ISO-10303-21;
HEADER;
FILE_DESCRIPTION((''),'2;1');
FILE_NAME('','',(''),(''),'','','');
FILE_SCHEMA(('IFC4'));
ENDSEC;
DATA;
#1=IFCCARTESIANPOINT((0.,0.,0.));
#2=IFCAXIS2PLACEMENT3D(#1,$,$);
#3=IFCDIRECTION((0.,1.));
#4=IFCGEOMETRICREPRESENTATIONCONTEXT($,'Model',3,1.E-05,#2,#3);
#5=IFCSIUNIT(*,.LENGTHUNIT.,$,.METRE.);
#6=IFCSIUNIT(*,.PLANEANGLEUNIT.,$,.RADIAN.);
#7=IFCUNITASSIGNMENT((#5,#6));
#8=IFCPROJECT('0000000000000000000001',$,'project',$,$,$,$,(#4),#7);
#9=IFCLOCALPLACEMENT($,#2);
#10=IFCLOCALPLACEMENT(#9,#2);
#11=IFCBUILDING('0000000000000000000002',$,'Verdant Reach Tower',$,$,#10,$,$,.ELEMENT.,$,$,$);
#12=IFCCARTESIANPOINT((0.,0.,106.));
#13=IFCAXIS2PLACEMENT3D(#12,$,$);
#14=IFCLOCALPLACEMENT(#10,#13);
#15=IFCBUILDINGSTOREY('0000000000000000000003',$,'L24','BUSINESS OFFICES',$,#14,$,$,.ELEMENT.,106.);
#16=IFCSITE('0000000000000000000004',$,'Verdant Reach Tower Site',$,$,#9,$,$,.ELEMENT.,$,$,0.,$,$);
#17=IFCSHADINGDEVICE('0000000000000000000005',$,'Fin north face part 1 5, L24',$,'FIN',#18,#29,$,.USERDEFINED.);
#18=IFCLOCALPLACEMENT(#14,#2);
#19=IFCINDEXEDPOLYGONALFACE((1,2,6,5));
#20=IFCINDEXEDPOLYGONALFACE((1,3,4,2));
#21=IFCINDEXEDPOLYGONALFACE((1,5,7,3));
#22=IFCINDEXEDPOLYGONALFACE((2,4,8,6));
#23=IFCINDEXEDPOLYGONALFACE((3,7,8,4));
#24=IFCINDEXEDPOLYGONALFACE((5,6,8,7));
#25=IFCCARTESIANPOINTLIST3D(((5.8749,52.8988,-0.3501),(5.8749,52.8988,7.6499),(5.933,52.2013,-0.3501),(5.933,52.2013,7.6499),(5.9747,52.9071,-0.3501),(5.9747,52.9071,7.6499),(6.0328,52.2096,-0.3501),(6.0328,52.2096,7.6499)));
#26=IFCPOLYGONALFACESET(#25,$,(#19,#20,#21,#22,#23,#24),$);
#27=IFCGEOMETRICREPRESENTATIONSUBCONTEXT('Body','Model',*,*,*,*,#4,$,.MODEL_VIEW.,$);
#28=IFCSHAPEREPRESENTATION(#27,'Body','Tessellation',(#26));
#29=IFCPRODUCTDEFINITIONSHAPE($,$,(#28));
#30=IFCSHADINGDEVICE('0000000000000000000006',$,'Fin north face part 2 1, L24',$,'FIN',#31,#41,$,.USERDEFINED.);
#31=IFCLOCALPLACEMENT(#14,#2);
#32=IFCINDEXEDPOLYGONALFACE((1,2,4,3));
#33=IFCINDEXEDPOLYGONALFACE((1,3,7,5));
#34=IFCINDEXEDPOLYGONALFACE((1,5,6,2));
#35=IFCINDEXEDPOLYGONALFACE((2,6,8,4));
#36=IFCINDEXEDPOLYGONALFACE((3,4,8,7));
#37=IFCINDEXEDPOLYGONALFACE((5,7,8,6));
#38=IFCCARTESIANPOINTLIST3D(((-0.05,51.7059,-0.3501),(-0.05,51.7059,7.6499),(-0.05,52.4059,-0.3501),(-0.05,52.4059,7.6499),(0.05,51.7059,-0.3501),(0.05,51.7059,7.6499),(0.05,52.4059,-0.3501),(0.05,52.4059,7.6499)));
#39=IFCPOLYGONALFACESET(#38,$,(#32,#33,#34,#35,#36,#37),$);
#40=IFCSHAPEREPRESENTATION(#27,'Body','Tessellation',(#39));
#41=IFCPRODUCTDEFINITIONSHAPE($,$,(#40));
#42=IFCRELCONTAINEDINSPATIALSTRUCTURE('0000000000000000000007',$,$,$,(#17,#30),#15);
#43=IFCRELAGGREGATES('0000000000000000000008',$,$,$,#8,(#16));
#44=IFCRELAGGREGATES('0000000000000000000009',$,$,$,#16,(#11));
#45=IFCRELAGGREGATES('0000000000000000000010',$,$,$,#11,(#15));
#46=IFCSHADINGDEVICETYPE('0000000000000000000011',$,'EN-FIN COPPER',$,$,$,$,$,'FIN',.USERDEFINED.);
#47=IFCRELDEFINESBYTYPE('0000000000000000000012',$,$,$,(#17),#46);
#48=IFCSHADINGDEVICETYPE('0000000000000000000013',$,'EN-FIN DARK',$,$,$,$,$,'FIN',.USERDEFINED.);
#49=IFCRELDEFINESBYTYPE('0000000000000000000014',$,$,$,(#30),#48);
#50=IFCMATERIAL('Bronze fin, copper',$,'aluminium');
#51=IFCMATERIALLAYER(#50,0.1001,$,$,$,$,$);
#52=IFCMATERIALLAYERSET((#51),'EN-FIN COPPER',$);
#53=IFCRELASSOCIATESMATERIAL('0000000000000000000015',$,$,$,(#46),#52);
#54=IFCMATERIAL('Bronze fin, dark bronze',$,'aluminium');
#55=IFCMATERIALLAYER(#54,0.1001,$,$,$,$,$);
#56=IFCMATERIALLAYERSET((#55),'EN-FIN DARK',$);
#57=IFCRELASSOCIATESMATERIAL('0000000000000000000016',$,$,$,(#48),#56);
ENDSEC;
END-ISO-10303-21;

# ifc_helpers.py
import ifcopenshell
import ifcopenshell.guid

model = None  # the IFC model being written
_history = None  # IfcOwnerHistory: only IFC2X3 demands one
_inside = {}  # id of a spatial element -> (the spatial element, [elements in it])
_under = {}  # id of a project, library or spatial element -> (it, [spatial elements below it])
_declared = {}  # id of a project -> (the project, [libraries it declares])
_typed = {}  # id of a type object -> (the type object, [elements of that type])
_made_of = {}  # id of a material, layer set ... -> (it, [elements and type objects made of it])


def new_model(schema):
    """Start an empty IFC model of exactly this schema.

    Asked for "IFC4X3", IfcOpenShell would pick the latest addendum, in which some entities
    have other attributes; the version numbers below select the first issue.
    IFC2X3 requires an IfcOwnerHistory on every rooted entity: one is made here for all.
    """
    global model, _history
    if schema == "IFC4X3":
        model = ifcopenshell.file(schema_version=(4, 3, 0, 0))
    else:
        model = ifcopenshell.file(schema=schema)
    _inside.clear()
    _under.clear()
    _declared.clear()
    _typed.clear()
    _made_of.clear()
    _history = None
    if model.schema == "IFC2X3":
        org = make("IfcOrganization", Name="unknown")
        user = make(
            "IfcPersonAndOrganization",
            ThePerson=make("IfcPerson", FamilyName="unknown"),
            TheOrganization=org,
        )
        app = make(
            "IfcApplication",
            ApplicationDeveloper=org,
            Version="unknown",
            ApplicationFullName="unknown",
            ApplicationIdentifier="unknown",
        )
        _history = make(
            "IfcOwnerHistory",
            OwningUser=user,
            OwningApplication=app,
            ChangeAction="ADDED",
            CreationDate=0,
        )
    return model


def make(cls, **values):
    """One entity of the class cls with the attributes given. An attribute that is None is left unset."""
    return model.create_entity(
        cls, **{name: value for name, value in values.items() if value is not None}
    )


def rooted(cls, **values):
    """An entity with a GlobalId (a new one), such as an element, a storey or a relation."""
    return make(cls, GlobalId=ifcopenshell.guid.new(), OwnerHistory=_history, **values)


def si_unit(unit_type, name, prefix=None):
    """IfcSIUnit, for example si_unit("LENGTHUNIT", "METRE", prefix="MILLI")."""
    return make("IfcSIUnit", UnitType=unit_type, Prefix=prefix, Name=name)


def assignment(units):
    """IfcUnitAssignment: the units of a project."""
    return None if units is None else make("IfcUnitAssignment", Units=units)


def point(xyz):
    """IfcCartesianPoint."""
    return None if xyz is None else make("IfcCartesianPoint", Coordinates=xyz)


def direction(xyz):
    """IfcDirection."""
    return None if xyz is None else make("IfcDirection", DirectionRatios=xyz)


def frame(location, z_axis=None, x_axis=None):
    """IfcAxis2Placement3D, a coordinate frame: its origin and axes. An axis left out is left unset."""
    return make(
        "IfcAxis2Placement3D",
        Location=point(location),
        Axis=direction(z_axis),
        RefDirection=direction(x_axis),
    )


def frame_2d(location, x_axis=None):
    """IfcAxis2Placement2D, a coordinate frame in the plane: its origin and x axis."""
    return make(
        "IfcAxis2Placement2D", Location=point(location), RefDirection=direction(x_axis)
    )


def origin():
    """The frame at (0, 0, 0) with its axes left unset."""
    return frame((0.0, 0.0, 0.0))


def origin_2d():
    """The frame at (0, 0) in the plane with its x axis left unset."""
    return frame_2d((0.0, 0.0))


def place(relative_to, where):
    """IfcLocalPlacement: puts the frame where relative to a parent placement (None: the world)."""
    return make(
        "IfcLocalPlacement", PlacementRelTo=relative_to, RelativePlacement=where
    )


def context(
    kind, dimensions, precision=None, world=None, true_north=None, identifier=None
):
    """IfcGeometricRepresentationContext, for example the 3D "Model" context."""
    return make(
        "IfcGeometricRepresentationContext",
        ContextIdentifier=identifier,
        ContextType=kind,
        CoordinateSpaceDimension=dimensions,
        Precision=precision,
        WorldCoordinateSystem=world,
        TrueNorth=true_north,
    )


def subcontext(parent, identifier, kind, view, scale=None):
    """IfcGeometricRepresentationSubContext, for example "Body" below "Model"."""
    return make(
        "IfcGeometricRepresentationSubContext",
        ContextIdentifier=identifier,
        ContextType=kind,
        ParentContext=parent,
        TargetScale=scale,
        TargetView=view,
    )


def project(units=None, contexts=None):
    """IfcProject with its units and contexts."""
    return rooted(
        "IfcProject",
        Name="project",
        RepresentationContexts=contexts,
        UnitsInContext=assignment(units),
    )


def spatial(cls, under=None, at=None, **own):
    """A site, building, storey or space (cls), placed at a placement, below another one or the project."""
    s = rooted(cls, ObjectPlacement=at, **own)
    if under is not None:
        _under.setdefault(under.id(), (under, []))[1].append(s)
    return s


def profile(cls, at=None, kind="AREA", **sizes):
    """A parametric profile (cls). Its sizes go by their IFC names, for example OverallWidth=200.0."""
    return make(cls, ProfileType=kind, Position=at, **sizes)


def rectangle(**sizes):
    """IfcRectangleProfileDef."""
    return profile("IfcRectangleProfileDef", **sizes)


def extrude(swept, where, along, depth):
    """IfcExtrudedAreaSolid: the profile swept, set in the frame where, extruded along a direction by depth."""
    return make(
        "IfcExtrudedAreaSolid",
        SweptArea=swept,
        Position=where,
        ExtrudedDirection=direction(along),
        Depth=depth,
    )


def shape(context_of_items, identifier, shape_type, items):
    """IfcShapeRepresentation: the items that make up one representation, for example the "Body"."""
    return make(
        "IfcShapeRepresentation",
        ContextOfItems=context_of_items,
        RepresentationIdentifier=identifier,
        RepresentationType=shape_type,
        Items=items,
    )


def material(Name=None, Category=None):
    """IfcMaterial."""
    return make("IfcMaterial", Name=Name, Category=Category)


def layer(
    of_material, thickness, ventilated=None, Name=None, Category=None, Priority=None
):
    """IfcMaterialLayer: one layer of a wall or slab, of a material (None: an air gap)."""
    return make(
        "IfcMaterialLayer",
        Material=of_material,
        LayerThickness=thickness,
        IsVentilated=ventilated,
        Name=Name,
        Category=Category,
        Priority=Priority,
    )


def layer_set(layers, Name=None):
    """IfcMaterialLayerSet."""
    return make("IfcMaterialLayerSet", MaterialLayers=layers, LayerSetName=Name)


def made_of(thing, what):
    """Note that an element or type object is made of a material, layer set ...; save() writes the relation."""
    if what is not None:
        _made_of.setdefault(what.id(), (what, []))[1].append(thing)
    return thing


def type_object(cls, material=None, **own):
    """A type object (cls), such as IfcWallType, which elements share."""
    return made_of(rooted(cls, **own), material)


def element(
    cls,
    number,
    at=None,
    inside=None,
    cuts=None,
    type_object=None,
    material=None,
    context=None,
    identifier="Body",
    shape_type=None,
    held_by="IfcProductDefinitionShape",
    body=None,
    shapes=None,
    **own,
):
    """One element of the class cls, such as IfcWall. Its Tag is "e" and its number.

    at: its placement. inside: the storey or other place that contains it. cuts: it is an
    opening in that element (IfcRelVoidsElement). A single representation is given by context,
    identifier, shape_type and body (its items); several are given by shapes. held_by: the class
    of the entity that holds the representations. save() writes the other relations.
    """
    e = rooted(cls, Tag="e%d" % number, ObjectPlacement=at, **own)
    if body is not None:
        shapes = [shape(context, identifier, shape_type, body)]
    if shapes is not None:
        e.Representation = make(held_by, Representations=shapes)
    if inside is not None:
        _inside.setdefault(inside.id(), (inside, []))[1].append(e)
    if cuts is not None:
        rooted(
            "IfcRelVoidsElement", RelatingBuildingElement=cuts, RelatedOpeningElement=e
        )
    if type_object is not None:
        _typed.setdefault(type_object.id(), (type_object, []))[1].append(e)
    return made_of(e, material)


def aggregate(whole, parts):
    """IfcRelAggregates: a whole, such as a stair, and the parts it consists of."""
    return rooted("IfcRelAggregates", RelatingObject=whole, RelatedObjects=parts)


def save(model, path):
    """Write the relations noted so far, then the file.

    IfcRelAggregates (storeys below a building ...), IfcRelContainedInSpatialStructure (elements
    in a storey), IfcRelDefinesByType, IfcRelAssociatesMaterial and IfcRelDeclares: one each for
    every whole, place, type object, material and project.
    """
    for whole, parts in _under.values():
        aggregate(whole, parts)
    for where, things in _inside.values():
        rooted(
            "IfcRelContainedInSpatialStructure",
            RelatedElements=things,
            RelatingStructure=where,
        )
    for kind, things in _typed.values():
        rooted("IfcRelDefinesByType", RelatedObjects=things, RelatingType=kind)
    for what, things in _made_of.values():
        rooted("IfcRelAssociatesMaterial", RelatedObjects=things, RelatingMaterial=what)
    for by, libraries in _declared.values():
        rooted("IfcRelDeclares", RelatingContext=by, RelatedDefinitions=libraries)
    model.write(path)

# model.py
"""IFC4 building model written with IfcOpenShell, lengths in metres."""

from ifc_helpers import new_model, si_unit, direction, frame, origin, origin_2d, place, context, subcontext, project, spatial, rectangle, extrude, material, layer, layer_set, type_object, element, save


model = new_model("IFC4")

# Units and contexts
model_context = context("Model", 3, precision=1e-05, world=origin(), true_north=direction((0.0, 1.0)))
body_context = subcontext(model_context, "Body", "Model", "MODEL_VIEW")
ifc_project = project(units=[si_unit("LENGTHUNIT", "METRE"), si_unit("PLANEANGLEUNIT", "RADIAN")], contexts=[model_context])

# Site, building, storey
site_placement = place(None, origin())
site = spatial("IfcSite", under=ifc_project, at=site_placement, Name="Verdant Reach Tower Site", CompositionType="ELEMENT", RefElevation=0.0)
building_placement = place(site_placement, origin())
building = spatial("IfcBuilding", under=site, at=building_placement, Name="Verdant Reach Tower", CompositionType="ELEMENT")
storey_placement = place(building_placement, frame((0.0, 0.0, 106.0)))
storey = spatial("IfcBuildingStorey", under=building, at=storey_placement, Name="L24", Description="BUSINESS OFFICES", CompositionType="ELEMENT", Elevation=106.0)

# Shading devices
ifc_material_1 = material(Name="Bronze fin, copper", Category="aluminium")
ifc_layer_1 = layer(ifc_material_1, 0.1001)
ifc_layer_set_1 = layer_set([ifc_layer_1], Name="EN-FIN COPPER")
shading_device_type_1 = type_object("IfcShadingDeviceType", Name="EN-FIN COPPER", ElementType="FIN", PredefinedType="USERDEFINED", material=ifc_layer_set_1)
shading_device_1_placement = place(storey_placement, frame((5.9539, 52.5542, -0.3501), z_axis=(0.0, 0.0, 1.0), x_axis=(-0.996546, -0.083045, 0.0)))
element("IfcShadingDevice", 1, at=shading_device_1_placement, inside=storey, type_object=shading_device_type_1, Name="Fin north face part 1 5, L24", ObjectType="FIN", PredefinedType="USERDEFINED", context=body_context, shape_type="SweptSolid", body=[
    extrude(rectangle(XDim=0.1001, YDim=0.7, at=origin_2d()), origin(), (0.0, 0.0, 1.0), 8.0),
])
ifc_material_2 = material(Name="Bronze fin, dark bronze", Category="aluminium")
ifc_layer_2 = layer(ifc_material_2, 0.1001)
ifc_layer_set_2 = layer_set([ifc_layer_2], Name="EN-FIN DARK")
shading_device_type_2 = type_object("IfcShadingDeviceType", Name="EN-FIN DARK", ElementType="FIN", PredefinedType="USERDEFINED", material=ifc_layer_set_2)
shading_device_2_placement = place(storey_placement, frame((0.0, 52.0559, -0.3501), z_axis=(0.0, 0.0, 1.0), x_axis=(-1.0, 0.0, 0.0)))
element("IfcShadingDevice", 2, at=shading_device_2_placement, inside=storey, type_object=shading_device_type_2, Name="Fin north face part 2 1, L24", ObjectType="FIN", PredefinedType="USERDEFINED", context=body_context, shape_type="SweptSolid", body=[
    extrude(rectangle(XDim=0.1001, YDim=0.7, at=origin_2d()), origin(), (0.0, 0.0, 1.0), 8.0),
])

save(model, "model.ifc")
